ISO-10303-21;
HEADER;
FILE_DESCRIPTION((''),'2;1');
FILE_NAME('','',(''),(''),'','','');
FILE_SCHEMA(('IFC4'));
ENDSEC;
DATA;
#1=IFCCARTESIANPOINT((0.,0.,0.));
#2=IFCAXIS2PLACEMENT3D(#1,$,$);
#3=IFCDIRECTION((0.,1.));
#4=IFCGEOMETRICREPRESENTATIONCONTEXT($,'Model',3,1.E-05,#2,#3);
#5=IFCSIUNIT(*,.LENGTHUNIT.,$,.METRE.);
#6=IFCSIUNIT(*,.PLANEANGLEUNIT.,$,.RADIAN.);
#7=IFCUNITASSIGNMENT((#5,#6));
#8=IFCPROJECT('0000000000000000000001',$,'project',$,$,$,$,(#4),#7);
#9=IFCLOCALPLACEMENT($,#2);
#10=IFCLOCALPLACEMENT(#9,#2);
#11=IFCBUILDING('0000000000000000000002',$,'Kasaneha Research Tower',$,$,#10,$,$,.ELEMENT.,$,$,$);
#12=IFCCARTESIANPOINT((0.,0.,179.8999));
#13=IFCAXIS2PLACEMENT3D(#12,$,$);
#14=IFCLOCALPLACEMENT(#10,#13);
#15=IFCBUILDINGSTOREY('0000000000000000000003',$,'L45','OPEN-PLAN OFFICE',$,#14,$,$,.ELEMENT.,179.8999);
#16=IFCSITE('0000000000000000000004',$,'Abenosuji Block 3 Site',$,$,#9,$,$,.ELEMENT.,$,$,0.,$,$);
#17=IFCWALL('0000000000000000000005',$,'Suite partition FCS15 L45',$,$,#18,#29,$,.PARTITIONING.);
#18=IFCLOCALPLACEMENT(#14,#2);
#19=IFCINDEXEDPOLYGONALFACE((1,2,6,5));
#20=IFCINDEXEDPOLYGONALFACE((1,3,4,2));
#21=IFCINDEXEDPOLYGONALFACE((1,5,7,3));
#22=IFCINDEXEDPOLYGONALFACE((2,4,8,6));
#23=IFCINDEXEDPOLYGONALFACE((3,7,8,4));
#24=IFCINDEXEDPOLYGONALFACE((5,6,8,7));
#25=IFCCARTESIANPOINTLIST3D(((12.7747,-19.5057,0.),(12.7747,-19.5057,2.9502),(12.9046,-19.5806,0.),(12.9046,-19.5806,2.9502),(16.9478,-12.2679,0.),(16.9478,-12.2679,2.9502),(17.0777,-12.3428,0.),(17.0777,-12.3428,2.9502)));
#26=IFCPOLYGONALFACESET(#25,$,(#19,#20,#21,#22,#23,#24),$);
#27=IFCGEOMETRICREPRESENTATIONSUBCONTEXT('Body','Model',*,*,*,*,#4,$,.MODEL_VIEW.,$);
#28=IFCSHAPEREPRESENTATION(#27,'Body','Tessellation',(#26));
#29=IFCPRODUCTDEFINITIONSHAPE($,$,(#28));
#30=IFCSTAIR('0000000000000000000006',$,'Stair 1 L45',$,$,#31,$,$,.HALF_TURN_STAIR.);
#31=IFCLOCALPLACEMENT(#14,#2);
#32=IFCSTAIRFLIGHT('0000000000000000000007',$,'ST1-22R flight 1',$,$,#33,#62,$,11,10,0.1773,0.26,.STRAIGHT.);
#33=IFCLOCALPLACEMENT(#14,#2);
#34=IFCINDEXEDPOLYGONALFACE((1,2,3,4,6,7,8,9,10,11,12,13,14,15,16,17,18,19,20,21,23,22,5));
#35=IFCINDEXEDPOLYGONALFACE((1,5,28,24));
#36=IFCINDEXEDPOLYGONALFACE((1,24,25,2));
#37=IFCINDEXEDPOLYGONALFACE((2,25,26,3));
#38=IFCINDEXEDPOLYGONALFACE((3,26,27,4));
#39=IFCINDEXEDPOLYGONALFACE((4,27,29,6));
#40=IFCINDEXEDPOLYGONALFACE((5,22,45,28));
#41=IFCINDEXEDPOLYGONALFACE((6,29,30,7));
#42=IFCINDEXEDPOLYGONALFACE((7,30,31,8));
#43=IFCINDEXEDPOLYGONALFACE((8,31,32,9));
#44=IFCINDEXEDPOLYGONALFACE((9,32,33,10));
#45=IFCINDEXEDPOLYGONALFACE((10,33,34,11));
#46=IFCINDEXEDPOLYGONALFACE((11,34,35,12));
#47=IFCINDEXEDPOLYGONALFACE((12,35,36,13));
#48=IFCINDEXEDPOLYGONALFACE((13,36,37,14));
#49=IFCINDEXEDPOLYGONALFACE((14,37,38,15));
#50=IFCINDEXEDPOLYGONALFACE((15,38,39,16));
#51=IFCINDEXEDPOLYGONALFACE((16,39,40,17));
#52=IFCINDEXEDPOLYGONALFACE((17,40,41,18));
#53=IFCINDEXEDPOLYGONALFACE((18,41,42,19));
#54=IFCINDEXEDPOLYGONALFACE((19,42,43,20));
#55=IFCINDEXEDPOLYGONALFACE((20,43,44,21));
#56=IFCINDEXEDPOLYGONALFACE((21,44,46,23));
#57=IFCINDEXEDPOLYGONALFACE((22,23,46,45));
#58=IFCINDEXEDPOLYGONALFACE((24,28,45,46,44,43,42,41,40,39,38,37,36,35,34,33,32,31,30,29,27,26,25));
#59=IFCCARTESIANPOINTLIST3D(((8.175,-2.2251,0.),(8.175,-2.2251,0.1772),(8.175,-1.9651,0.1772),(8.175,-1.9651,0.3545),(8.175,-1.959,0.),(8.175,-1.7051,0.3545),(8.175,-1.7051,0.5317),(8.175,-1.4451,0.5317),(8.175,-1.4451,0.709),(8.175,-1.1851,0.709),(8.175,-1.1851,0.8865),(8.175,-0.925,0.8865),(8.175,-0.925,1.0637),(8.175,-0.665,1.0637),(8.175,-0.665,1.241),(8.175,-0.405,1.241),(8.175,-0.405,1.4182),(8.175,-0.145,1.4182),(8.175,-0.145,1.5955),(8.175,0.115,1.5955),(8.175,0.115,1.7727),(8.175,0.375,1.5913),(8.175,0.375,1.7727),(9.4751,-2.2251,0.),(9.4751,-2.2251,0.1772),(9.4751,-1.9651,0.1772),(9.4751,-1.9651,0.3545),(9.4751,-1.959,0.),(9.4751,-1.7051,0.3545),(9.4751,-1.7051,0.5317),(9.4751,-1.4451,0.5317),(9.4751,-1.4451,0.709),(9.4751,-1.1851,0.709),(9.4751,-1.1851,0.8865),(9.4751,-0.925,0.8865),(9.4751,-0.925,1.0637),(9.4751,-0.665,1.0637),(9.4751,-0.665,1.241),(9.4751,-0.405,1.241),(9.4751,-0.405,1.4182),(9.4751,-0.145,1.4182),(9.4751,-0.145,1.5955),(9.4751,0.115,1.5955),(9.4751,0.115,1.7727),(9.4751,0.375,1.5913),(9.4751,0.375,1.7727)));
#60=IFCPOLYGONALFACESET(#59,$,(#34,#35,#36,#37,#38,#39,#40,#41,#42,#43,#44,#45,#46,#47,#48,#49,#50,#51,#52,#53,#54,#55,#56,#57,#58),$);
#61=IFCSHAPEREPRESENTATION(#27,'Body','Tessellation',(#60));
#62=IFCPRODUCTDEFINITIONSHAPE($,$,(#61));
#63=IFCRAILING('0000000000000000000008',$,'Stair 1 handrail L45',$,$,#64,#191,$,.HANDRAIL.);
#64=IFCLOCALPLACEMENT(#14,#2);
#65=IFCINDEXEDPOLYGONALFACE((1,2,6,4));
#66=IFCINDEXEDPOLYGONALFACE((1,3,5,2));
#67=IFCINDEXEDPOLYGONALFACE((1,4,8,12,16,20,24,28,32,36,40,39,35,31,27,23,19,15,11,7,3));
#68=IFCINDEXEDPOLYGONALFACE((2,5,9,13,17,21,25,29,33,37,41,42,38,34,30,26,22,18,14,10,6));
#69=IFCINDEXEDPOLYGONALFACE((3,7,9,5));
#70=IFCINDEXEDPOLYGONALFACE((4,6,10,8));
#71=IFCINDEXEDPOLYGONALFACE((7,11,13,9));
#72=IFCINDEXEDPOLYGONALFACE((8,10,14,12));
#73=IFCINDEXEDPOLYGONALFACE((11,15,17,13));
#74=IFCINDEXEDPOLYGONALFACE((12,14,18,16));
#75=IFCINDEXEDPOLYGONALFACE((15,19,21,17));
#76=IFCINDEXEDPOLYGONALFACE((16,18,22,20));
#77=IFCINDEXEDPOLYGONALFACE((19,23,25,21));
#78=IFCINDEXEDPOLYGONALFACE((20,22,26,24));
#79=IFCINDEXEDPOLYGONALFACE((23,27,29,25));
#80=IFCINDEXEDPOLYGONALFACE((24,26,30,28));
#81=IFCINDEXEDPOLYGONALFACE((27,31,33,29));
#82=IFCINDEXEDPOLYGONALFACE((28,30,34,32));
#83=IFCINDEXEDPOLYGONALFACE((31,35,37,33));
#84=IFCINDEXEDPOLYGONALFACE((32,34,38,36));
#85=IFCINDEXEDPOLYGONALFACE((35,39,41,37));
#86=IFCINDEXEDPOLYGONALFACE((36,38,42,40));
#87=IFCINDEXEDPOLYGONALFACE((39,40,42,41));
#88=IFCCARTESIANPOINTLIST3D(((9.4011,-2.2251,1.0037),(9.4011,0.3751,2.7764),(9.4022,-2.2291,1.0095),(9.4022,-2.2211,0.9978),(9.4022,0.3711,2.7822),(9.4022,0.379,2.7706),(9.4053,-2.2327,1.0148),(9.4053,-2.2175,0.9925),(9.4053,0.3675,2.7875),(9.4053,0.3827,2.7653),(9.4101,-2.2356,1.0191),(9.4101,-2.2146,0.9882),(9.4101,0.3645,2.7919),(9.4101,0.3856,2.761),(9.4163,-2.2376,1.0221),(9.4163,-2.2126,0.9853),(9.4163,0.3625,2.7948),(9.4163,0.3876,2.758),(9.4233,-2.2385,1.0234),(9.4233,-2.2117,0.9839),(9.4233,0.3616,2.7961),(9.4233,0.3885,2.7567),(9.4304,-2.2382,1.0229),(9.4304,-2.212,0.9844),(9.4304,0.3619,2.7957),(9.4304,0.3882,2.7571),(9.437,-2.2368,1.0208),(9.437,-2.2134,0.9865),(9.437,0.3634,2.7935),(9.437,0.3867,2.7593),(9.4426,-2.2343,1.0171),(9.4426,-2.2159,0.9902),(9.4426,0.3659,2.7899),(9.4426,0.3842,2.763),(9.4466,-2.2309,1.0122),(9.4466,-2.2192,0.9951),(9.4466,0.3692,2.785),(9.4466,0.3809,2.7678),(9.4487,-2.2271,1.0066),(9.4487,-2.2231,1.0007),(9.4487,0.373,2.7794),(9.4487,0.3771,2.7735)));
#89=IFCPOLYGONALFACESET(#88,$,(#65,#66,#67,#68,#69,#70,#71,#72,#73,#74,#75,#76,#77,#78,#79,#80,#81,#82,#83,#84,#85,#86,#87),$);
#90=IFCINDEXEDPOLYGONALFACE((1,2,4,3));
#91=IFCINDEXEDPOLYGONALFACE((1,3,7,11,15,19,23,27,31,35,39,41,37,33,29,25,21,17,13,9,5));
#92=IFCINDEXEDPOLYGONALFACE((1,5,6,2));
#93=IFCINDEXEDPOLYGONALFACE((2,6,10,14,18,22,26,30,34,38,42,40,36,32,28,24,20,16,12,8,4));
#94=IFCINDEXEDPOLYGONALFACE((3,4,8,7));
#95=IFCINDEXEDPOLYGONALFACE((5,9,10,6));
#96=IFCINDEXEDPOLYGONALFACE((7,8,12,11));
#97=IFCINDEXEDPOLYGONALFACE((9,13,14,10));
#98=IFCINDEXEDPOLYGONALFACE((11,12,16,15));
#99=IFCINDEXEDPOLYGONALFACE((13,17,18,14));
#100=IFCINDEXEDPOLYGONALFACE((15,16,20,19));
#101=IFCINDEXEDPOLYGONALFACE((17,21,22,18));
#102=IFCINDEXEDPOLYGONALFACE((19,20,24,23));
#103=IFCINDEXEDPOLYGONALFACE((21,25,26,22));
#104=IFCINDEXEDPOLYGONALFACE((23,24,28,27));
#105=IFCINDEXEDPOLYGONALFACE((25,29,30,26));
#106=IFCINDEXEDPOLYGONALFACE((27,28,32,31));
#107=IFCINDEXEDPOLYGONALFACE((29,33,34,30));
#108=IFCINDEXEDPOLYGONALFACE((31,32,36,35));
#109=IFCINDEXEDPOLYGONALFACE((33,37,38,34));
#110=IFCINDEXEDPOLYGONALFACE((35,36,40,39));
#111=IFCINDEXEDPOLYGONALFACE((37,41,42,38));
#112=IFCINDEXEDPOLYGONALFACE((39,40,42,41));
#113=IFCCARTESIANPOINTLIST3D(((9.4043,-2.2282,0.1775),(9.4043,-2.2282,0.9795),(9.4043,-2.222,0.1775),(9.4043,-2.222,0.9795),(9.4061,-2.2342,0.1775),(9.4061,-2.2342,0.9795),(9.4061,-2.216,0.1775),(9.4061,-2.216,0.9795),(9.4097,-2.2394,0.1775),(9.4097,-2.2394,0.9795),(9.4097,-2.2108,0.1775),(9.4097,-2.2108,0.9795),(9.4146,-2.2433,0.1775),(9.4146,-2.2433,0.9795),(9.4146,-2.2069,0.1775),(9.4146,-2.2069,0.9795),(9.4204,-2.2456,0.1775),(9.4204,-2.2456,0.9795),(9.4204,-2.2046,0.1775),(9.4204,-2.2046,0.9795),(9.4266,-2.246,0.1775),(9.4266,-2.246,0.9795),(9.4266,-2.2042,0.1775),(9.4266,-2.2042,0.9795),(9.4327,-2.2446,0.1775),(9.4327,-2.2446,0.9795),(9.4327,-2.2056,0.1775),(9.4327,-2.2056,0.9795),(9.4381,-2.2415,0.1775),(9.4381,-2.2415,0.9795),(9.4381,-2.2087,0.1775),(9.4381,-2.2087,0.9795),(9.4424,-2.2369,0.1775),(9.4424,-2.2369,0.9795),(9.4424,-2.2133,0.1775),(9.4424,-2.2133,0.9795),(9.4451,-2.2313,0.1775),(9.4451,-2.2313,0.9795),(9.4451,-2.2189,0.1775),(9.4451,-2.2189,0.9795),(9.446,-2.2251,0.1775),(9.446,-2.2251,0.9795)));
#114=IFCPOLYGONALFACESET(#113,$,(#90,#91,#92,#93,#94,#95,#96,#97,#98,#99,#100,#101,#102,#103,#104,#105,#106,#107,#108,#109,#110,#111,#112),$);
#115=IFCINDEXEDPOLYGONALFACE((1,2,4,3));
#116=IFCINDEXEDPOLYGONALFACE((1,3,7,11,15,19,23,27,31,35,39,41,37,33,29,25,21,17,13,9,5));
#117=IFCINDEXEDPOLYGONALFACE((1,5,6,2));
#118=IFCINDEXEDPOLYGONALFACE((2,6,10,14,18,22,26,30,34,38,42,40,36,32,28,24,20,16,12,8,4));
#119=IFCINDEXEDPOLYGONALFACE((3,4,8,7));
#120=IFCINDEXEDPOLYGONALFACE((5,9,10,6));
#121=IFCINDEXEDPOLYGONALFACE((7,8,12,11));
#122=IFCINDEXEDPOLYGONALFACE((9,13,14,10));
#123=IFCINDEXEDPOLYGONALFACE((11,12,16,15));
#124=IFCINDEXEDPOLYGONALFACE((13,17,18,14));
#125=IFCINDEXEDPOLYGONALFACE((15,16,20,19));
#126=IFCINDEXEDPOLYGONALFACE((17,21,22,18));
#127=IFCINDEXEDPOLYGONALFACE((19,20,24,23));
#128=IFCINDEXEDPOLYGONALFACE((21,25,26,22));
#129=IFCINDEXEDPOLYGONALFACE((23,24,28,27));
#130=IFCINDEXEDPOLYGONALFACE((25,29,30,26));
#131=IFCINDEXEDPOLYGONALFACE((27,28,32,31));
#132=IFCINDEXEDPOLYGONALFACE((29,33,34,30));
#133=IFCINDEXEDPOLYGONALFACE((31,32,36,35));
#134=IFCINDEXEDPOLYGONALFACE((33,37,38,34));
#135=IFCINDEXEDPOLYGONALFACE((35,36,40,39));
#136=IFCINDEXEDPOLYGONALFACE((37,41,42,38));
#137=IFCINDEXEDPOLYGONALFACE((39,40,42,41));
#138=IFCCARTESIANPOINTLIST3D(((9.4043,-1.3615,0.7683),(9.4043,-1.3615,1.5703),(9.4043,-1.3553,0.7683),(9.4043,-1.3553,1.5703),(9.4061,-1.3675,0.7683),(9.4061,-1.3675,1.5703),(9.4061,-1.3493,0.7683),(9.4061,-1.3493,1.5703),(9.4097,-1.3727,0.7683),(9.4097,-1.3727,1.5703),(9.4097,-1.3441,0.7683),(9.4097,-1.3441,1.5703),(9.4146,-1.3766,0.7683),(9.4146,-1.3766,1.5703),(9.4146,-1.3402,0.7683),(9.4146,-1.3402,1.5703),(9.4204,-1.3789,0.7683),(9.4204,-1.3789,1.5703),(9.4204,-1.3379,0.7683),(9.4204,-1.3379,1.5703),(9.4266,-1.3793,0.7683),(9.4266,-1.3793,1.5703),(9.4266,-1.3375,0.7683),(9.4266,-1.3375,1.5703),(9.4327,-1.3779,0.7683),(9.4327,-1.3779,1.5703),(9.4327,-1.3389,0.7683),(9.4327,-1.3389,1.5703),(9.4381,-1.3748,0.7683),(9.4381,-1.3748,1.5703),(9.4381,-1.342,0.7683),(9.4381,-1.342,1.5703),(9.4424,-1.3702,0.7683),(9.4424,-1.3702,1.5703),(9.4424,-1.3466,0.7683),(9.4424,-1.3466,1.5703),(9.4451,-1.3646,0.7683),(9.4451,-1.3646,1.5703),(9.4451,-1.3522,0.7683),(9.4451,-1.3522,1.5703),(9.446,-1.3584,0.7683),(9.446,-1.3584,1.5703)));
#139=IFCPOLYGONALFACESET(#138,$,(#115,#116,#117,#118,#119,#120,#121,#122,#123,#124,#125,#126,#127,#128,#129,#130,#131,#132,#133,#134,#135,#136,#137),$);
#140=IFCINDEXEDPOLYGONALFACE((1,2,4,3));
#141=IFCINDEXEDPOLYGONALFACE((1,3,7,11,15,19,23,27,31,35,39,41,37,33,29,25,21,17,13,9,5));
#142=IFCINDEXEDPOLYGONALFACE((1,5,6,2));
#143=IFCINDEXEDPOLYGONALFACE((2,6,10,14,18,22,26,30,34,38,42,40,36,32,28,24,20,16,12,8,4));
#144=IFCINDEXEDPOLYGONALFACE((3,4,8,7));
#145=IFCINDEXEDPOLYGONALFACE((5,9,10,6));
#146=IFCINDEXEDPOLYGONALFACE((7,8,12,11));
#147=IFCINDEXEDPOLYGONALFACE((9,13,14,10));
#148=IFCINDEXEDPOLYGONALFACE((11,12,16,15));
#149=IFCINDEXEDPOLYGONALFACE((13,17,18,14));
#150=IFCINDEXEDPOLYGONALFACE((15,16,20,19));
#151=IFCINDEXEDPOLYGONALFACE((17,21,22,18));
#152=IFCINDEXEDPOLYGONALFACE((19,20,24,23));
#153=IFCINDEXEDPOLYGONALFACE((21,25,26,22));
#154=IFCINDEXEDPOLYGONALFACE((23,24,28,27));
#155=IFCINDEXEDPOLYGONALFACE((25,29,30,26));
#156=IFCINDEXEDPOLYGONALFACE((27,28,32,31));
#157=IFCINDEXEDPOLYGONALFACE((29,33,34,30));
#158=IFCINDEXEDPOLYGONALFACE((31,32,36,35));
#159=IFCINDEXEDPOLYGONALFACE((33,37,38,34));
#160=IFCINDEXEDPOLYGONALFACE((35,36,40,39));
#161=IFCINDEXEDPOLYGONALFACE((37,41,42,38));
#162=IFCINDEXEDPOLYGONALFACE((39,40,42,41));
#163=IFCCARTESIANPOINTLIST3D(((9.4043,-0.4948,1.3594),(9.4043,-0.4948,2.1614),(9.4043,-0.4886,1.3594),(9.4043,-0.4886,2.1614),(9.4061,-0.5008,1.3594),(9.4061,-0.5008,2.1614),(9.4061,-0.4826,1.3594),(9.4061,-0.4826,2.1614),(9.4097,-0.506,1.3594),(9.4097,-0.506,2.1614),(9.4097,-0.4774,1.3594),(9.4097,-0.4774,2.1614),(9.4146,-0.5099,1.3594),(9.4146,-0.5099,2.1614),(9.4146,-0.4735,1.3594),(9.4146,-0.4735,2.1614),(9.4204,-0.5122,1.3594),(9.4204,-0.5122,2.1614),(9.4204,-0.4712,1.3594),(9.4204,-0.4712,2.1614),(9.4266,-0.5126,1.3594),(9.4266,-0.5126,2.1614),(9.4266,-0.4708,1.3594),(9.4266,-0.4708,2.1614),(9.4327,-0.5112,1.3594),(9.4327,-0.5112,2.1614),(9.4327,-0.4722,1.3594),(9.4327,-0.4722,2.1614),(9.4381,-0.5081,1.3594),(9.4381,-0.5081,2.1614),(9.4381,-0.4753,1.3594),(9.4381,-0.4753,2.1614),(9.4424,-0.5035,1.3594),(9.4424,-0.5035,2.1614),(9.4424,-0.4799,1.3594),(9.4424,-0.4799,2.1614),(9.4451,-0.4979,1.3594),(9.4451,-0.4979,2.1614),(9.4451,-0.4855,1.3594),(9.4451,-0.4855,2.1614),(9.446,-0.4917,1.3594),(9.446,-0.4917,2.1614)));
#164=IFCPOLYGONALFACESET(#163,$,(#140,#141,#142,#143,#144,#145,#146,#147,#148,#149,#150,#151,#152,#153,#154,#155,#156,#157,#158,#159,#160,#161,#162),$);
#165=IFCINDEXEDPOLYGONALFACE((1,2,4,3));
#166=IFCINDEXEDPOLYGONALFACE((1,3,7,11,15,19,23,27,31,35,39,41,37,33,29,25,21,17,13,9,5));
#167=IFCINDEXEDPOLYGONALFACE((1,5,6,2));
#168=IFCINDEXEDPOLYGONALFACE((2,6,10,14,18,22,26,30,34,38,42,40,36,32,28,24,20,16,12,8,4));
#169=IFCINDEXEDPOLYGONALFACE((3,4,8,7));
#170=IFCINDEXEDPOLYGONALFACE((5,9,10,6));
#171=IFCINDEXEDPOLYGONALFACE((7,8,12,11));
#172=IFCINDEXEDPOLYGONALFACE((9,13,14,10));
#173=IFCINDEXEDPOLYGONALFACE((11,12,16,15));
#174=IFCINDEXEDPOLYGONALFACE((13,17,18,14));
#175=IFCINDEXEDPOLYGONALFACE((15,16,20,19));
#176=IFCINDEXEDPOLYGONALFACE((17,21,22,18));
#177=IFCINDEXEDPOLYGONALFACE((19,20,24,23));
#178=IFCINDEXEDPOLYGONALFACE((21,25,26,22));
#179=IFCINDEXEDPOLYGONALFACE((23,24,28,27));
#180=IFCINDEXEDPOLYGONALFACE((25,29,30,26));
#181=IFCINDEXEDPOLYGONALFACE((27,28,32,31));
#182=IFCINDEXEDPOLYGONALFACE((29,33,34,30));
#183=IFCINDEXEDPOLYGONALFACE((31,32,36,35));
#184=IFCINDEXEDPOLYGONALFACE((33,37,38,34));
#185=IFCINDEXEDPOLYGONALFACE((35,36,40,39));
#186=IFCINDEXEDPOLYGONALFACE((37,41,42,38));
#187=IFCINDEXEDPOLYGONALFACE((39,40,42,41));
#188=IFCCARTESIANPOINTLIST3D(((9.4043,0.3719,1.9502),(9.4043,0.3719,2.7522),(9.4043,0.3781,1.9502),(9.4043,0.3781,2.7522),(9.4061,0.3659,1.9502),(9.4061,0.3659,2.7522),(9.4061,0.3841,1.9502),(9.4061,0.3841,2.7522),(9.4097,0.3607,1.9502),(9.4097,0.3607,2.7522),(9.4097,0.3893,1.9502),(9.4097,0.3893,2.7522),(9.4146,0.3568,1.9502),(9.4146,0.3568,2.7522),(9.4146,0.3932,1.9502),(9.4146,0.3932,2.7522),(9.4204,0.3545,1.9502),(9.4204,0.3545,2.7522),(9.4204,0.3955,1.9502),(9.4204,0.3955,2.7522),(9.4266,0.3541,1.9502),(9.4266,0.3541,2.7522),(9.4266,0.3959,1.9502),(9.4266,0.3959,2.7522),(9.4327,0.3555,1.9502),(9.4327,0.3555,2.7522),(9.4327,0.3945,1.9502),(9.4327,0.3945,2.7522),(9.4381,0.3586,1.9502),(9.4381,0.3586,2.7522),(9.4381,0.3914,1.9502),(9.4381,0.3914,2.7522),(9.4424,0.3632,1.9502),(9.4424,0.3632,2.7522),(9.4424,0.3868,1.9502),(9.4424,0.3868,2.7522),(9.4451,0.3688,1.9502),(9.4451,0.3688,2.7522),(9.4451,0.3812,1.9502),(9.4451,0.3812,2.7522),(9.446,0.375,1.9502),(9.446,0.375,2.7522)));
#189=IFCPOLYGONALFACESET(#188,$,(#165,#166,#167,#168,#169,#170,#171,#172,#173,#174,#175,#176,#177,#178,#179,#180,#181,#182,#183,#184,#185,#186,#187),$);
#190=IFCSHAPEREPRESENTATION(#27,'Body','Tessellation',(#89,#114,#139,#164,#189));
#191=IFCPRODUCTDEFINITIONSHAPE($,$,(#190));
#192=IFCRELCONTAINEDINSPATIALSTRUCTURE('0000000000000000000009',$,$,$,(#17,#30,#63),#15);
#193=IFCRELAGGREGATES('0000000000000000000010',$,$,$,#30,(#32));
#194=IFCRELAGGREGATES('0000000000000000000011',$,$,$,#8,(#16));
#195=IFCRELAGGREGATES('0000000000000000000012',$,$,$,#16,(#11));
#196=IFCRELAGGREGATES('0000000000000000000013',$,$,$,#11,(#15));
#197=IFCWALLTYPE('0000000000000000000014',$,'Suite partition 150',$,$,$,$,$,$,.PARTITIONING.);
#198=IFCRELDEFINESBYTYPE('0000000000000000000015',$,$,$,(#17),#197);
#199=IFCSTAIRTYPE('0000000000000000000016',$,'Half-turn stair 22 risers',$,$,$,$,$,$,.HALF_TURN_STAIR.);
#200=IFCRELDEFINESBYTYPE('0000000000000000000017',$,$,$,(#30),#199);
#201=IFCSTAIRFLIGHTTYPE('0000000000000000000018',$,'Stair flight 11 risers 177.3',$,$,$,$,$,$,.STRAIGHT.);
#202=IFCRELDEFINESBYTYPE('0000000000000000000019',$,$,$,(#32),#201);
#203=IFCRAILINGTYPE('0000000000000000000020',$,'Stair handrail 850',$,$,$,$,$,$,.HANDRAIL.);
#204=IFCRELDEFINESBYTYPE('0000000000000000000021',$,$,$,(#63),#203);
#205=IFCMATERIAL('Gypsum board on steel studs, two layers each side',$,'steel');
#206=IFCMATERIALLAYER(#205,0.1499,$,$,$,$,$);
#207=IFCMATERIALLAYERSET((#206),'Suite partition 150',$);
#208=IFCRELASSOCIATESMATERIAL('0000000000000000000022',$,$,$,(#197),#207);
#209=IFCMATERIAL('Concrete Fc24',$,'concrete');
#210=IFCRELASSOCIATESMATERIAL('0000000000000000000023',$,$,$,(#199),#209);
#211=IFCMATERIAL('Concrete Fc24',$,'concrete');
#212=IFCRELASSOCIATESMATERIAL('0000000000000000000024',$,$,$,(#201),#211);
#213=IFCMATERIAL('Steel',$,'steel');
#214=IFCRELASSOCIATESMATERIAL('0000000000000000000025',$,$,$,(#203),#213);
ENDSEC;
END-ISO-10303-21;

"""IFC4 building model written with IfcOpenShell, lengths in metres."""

from ifc_helpers import new_model, si_unit, direction, frame, frame_2d, origin, origin_2d, place, context, subcontext, project, spatial, polyline, rectangle, circle, outline, extrude, material, layer, layer_set, type_object, element, aggregate, save


model = new_model("IFC4")

# Units and contexts
model_context = context("Model", 3, precision=1e-05, world=origin(), true_north=direction((0.0, 1.0)))
body_context = subcontext(model_context, "Body", "Model", "MODEL_VIEW")
ifc_project = project(units=[si_unit("LENGTHUNIT", "METRE"), si_unit("PLANEANGLEUNIT", "RADIAN")], contexts=[model_context])

# Site, building, storey
site_placement = place(None, origin())
site = spatial("IfcSite", under=ifc_project, at=site_placement, Name="Abenosuji Block 3 Site", CompositionType="ELEMENT", RefElevation=0.0)
building_placement = place(site_placement, origin())
building = spatial("IfcBuilding", under=site, at=building_placement, Name="Kasaneha Research Tower", CompositionType="ELEMENT")
storey_placement = place(building_placement, frame((0.0, 0.0, 179.8999)))
storey = spatial("IfcBuildingStorey", under=building, at=storey_placement, Name="L45", Description="OPEN-PLAN OFFICE", CompositionType="ELEMENT", Elevation=179.8999)

# Wall
ifc_material_1 = material(Name="Gypsum board on steel studs, two layers each side", Category="steel")
ifc_layer_1 = layer(ifc_material_1, 0.1499)
ifc_layer_set_1 = layer_set([ifc_layer_1], Name="Suite partition 150")
wall_type_1 = type_object("IfcWallType", Name="Suite partition 150", PredefinedType="PARTITIONING", material=ifc_layer_set_1)
wall_1_placement = place(storey_placement, frame((17.0127, -12.3054, 0.0), z_axis=(0.0, 0.0, 1.0), x_axis=(-0.499493, -0.866318, 0.0)))
element("IfcWall", 1, at=wall_1_placement, inside=storey, type_object=wall_type_1, Name="Suite partition FCS15 L45", PredefinedType="PARTITIONING", context=body_context, shape_type="SweptSolid", body=[
    extrude(rectangle(XDim=8.3547, YDim=0.1499, at=frame_2d((4.1772, 0.0))), origin(), (0.0, 0.0, 1.0), 2.9502),
])

# Stair, stair flight
ifc_material_2 = material(Name="Concrete Fc24", Category="concrete")
stair_type = type_object("IfcStairType", Name="Half-turn stair 22 risers", PredefinedType="HALF_TURN_STAIR", material=ifc_material_2)
stair_placement = place(storey_placement, origin())
stair = element("IfcStair", 2, at=stair_placement, inside=storey, type_object=stair_type, Name="Stair 1 L45", PredefinedType="HALF_TURN_STAIR")
ifc_material_3 = material(Name="Concrete Fc24", Category="concrete")
stair_flight_type = type_object("IfcStairFlightType", Name="Stair flight 11 risers 177.3", PredefinedType="STRAIGHT", material=ifc_material_3)
stair_flight_placement = place(storey_placement, frame((8.825, -2.2251, 0.0), z_axis=(0.0, 0.0, 1.0), x_axis=(0.0, 1.0, 0.0)))
stair_flight = element("IfcStairFlight", 3, at=stair_flight_placement, type_object=stair_flight_type, Name="ST1-22R flight 1", NumberOfRisers=11, NumberOfTreads=10, PredefinedType="STRAIGHT", RiserHeight=0.1773, TreadLength=0.26, context=body_context, shape_type="SweptSolid", body=[
    extrude(outline(polyline([(0.0, 0.0), (0.0, 0.1772), (0.26, 0.1772), (0.26, 0.3545), (0.52, 0.3545), (0.52, 0.5317), (0.78, 0.5317), (0.78, 0.709), (1.04, 0.709), (1.04, 0.8865), (1.3, 0.8865), (1.3, 1.0637), (1.5601, 1.0637), (1.5601, 1.241), (1.8201, 1.241), (1.8201, 1.4182), (2.0801, 1.4182), (2.0801, 1.5955), (2.3401, 1.5955), (2.3401, 1.7727), (2.6001, 1.7727), (2.6001, 1.95), (2.6001, 1.5913), (0.2661, 0.0), (0.0, 0.0)])), frame((0.0, 0.6499, 0.0), z_axis=(0.0, -1.0, 0.0), x_axis=(1.0, 0.0, 0.0)), (0.0, 0.0, 1.0), 1.3),
])
aggregate(stair, [stair_flight])

# Railing
ifc_material_4 = material(Name="Steel", Category="steel")
railing_type = type_object("IfcRailingType", Name="Stair handrail 850", PredefinedType="HANDRAIL", material=ifc_material_4)
railing_placement = place(storey_placement, frame((9.425, -2.2251, 0.1775)))
element("IfcRailing", 4, at=railing_placement, inside=storey, type_object=railing_type, Name="Stair 1 handrail L45", PredefinedType="HANDRAIL", context=body_context, shape_type="SweptSolid", body=[
    extrude(circle(Radius=0.0239, at=origin_2d()), frame((0.0, 0.0, 0.8262), z_axis=(0.0, 0.82624, 0.563318), x_axis=(-1.0, 0.0, 0.0)), (0.0, 0.0, 1.0), 3.147),
    extrude(circle(Radius=0.021, at=origin_2d()), origin(), (0.0, 0.0, 1.0), 0.802),
    extrude(circle(Radius=0.021, at=origin_2d()), frame((0.0, 0.8667, 0.5908)), (0.0, 0.0, 1.0), 0.802),
    extrude(circle(Radius=0.021, at=origin_2d()), frame((0.0, 1.7334, 1.1819)), (0.0, 0.0, 1.0), 0.802),
    extrude(circle(Radius=0.021, at=origin_2d()), frame((0.0, 2.6001, 1.7727)), (0.0, 0.0, 1.0), 0.802),
])

save(model, "model.ifc")
